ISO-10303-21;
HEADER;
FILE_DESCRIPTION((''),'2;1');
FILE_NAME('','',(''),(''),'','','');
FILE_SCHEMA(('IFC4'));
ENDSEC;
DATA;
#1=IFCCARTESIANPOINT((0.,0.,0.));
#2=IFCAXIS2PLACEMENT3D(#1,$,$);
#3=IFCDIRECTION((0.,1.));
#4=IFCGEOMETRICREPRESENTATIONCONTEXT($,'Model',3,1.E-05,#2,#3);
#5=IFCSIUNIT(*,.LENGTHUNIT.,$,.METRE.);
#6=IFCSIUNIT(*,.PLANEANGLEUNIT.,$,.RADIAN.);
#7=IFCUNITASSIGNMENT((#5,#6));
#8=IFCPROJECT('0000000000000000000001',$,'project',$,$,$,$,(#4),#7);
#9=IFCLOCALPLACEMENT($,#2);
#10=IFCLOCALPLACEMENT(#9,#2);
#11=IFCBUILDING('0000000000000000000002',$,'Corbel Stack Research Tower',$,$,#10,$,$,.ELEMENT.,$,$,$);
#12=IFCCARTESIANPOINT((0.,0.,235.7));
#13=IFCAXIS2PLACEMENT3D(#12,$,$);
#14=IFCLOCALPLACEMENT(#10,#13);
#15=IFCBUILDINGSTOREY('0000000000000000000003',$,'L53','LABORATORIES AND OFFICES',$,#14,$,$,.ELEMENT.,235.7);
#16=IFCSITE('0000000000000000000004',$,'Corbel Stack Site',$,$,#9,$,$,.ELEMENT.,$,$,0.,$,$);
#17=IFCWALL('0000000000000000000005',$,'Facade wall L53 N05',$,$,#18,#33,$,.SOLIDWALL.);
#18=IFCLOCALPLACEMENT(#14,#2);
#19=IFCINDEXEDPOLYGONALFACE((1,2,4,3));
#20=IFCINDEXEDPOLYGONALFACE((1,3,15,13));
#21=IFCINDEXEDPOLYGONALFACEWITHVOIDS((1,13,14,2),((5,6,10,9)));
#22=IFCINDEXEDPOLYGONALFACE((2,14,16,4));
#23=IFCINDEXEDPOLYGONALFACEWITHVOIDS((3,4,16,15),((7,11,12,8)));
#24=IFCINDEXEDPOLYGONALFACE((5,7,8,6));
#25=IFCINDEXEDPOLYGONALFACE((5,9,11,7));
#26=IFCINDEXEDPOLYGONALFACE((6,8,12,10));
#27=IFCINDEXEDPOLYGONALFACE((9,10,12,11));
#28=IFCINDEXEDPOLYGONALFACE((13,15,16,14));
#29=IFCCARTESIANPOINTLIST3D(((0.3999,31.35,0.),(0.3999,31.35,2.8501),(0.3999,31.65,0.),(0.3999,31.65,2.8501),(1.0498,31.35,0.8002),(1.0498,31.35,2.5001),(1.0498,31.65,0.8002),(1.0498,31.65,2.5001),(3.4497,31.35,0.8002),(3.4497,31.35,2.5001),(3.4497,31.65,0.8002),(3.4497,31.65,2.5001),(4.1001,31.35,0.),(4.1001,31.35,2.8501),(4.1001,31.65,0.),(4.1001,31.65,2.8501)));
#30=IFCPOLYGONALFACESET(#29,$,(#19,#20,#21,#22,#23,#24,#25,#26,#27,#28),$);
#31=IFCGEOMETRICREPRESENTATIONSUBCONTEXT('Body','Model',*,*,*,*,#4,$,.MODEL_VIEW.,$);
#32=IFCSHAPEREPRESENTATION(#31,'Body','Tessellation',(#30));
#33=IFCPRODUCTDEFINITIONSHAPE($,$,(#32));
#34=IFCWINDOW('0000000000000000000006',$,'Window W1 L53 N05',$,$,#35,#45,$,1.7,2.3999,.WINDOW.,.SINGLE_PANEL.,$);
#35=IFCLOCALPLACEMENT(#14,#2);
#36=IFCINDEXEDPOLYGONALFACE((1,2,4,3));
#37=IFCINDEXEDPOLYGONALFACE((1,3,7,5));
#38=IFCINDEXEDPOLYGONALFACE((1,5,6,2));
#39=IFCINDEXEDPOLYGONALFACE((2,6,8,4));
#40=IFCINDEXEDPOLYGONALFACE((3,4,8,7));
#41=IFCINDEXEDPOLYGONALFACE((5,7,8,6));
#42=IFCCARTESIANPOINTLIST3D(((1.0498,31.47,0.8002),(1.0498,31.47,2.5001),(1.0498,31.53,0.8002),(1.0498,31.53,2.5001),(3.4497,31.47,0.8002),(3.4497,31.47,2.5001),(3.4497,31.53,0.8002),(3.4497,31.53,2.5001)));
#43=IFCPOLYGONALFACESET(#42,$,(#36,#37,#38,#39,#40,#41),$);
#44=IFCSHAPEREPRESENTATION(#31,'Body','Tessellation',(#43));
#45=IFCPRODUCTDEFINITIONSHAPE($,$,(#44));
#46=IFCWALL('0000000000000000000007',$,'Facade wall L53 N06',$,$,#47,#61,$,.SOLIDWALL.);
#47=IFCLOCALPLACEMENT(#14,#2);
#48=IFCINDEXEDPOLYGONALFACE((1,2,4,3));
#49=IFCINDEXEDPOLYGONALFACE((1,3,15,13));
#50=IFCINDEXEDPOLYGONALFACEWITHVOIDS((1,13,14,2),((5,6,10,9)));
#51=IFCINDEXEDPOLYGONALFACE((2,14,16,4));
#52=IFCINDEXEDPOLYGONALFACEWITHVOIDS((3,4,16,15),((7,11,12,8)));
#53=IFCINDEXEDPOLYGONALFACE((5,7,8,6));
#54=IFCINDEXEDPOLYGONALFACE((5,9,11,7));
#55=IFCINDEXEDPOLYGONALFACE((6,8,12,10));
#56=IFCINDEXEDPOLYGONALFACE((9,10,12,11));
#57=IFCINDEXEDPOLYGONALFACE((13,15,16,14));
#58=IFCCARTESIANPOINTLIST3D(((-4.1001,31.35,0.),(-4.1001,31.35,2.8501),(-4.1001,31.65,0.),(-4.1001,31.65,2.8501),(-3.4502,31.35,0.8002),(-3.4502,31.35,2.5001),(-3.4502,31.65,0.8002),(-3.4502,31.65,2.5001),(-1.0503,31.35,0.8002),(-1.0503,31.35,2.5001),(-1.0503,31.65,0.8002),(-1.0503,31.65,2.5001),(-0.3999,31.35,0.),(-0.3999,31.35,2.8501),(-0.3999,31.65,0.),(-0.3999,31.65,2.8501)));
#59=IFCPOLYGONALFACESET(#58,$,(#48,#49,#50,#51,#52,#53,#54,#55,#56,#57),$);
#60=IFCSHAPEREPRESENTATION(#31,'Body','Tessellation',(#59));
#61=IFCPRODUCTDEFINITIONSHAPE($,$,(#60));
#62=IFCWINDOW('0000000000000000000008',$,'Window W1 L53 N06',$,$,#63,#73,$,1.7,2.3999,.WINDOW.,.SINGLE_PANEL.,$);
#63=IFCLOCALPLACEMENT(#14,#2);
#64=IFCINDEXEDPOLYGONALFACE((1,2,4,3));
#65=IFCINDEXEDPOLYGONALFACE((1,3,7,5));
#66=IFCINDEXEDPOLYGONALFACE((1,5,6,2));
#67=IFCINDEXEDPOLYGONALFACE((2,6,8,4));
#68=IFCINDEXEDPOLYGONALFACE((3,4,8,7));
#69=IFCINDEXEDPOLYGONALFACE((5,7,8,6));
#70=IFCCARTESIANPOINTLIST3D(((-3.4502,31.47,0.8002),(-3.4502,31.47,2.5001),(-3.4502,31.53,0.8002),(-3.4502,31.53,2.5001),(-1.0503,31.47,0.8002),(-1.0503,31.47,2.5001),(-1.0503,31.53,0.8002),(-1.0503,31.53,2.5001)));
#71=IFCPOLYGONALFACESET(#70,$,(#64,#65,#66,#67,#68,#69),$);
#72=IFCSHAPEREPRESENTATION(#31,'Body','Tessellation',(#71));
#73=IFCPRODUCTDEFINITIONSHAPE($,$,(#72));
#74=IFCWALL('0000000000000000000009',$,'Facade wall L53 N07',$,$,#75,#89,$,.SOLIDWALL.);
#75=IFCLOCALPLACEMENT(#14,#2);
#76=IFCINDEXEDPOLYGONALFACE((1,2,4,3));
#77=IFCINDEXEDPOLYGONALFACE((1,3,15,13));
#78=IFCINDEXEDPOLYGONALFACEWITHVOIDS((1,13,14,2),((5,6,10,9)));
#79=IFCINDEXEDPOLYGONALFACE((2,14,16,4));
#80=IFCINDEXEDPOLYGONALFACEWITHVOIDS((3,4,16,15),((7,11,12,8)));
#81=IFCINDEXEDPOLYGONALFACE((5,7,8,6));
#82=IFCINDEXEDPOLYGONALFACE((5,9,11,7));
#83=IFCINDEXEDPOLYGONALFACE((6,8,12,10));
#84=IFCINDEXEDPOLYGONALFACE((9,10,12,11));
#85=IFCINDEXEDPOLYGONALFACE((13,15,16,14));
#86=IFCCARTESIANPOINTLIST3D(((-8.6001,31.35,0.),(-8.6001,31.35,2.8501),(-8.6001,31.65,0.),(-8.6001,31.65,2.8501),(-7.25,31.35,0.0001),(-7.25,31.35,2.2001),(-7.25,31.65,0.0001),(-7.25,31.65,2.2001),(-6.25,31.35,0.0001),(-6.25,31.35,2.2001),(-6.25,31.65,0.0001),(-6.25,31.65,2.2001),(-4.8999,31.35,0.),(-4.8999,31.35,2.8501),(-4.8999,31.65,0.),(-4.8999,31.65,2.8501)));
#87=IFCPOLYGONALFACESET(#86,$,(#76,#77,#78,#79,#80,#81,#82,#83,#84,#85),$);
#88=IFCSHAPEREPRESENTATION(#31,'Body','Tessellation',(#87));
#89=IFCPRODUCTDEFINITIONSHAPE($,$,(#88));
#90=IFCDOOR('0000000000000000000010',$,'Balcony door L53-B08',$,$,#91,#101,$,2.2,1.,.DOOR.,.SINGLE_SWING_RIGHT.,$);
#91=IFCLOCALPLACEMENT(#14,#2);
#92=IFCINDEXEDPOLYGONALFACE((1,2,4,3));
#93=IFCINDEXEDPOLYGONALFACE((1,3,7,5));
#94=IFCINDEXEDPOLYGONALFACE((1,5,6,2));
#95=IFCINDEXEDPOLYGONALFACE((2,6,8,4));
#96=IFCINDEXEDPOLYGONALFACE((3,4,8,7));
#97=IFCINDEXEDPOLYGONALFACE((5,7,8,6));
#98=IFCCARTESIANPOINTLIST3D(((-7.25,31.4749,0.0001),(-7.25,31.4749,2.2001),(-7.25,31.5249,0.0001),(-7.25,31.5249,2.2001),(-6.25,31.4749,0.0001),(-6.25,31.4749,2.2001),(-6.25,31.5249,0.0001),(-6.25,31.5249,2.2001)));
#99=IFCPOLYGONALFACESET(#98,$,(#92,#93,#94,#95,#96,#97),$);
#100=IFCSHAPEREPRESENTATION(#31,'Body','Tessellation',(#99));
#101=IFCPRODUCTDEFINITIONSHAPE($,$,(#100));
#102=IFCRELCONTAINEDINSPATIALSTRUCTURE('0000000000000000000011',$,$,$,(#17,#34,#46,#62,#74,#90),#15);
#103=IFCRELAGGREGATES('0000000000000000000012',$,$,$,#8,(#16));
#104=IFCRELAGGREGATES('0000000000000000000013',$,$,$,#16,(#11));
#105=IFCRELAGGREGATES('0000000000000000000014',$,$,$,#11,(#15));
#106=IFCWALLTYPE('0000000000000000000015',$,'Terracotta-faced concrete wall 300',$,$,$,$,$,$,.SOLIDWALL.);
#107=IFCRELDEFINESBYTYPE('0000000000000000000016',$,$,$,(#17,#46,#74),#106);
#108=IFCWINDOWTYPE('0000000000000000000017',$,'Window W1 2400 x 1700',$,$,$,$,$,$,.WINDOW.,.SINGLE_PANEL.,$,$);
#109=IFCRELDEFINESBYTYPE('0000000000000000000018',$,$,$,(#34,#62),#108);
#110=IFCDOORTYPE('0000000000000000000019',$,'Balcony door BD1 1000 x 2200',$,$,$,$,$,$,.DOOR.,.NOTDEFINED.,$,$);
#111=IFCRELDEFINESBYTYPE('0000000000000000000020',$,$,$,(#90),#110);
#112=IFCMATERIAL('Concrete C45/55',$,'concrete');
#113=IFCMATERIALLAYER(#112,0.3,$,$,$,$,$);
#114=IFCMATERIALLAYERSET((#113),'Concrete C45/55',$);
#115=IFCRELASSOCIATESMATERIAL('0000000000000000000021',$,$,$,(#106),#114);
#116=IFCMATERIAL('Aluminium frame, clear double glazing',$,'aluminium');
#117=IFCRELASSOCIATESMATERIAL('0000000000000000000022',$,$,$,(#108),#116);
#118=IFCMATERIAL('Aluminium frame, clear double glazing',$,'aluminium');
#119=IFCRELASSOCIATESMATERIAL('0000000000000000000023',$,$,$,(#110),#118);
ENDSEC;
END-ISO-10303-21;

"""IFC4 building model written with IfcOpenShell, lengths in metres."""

from ifc_helpers import new_model, si_unit, direction, frame, frame_2d, origin, place, context, subcontext, project, spatial, rectangle, extrude, material, layer, layer_set, type_object, element, fill, save


model = new_model("IFC4")

# Units and contexts
model_context = context("Model", 3, precision=1e-05, world=origin(), true_north=direction((0.0, 1.0)))
body_context = subcontext(model_context, "Body", "Model", "MODEL_VIEW")
ifc_project = project(units=[si_unit("LENGTHUNIT", "METRE"), si_unit("PLANEANGLEUNIT", "RADIAN")], contexts=[model_context])

# Site, building, storey
site_placement = place(None, origin())
site = spatial("IfcSite", under=ifc_project, at=site_placement, Name="Corbel Stack Site", CompositionType="ELEMENT", RefElevation=0.0)
building_placement = place(site_placement, origin())
building = spatial("IfcBuilding", under=site, at=building_placement, Name="Corbel Stack Research Tower", CompositionType="ELEMENT")
storey_placement = place(building_placement, frame((0.0, 0.0, 235.7)))
storey = spatial("IfcBuildingStorey", under=building, at=storey_placement, Name="L53", Description="LABORATORIES AND OFFICES", CompositionType="ELEMENT", Elevation=235.7)

# Walls, openings, windows
ifc_material_1 = material(Name="Concrete C45/55", Category="concrete")
ifc_layer_1 = layer(ifc_material_1, 0.3)
ifc_layer_set_1 = layer_set([ifc_layer_1], Name="Concrete C45/55")
wall_type_1 = type_object("IfcWallType", Name="Terracotta-faced concrete wall 300", PredefinedType="SOLIDWALL", material=ifc_layer_set_1)
wall_1_placement = place(storey_placement, frame((0.3999, 31.5, 0.0), z_axis=(0.0, 0.0, 1.0), x_axis=(1.0, 0.0, 0.0)))
wall_1 = element("IfcWall", 1, at=wall_1_placement, inside=storey, type_object=wall_type_1, Name="Facade wall L53 N05", PredefinedType="SOLIDWALL", context=body_context, shape_type="SweptSolid", body=[
    extrude(rectangle(XDim=3.7002, YDim=0.3, at=frame_2d((1.8501, 0.0))), origin(), (0.0, 0.0, 1.0), 2.8501),
])
opening_1_placement = place(wall_1_placement, frame((0.6499, 0.0, 0.8)))
opening_1 = element("IfcOpeningElement", 2, at=opening_1_placement, cuts=wall_1, PredefinedType="OPENING", context=body_context, shape_type="SweptSolid", body=[
    extrude(rectangle(XDim=2.3999, YDim=1.7, at=frame_2d((1.2, 0.8501))), frame((0.0, 0.1599, 0.0), z_axis=(0.0, -1.0, 0.0), x_axis=(1.0, 0.0, 0.0)), (0.0, 0.0, 1.0), 0.3201),
])
ifc_material_2 = material(Name="Aluminium frame, clear double glazing", Category="aluminium")
window_type = type_object("IfcWindowType", Name="Window W1 2400 x 1700", PartitioningType="SINGLE_PANEL", PredefinedType="WINDOW", material=ifc_material_2)
window_1_placement = place(opening_1_placement, origin())
window_1 = element("IfcWindow", 3, at=window_1_placement, inside=storey, type_object=window_type, Name="Window W1 L53 N05", OverallHeight=1.7, OverallWidth=2.3999, PartitioningType="SINGLE_PANEL", PredefinedType="WINDOW", context=body_context, shape_type="SweptSolid", body=[
    extrude(rectangle(XDim=2.3999, YDim=1.7, at=frame_2d((1.2, 0.8501))), frame((0.0, 0.03, 0.0), z_axis=(0.0, -1.0, 0.0), x_axis=(1.0, 0.0, 0.0)), (0.0, 0.0, 1.0), 0.0601),
])
fill(opening_1, window_1)
wall_2_placement = place(storey_placement, frame((-4.1001, 31.5, 0.0), z_axis=(0.0, 0.0, 1.0), x_axis=(1.0, 0.0, 0.0)))
wall_2 = element("IfcWall", 4, at=wall_2_placement, inside=storey, type_object=wall_type_1, Name="Facade wall L53 N06", PredefinedType="SOLIDWALL", context=body_context, shape_type="SweptSolid", body=[
    extrude(rectangle(XDim=3.7002, YDim=0.3, at=frame_2d((1.8501, 0.0))), origin(), (0.0, 0.0, 1.0), 2.8501),
])
opening_2_placement = place(wall_2_placement, frame((0.6499, 0.0, 0.8)))
opening_2 = element("IfcOpeningElement", 5, at=opening_2_placement, cuts=wall_2, PredefinedType="OPENING", context=body_context, shape_type="SweptSolid", body=[
    extrude(rectangle(XDim=2.3999, YDim=1.7, at=frame_2d((1.2, 0.8501))), frame((0.0, 0.1599, 0.0), z_axis=(0.0, -1.0, 0.0), x_axis=(1.0, 0.0, 0.0)), (0.0, 0.0, 1.0), 0.3201),
])
window_2_placement = place(opening_2_placement, origin())
window_2 = element("IfcWindow", 6, at=window_2_placement, inside=storey, type_object=window_type, Name="Window W1 L53 N06", OverallHeight=1.7, OverallWidth=2.3999, PartitioningType="SINGLE_PANEL", PredefinedType="WINDOW", context=body_context, shape_type="SweptSolid", body=[
    extrude(rectangle(XDim=2.3999, YDim=1.7, at=frame_2d((1.2, 0.8501))), frame((0.0, 0.03, 0.0), z_axis=(0.0, -1.0, 0.0), x_axis=(1.0, 0.0, 0.0)), (0.0, 0.0, 1.0), 0.0601),
])
fill(opening_2, window_2)

# Wall, opening, door
wall_3_placement = place(storey_placement, frame((-8.6001, 31.5, 0.0), z_axis=(0.0, 0.0, 1.0), x_axis=(1.0, 0.0, 0.0)))
wall_3 = element("IfcWall", 7, at=wall_3_placement, inside=storey, type_object=wall_type_1, Name="Facade wall L53 N07", PredefinedType="SOLIDWALL", context=body_context, shape_type="SweptSolid", body=[
    extrude(rectangle(XDim=3.7002, YDim=0.3, at=frame_2d((1.8501, 0.0))), origin(), (0.0, 0.0, 1.0), 2.8501),
])
opening_3_placement = place(wall_3_placement, frame((1.3501, 0.0, 0.0)))
opening_3 = element("IfcOpeningElement", 8, at=opening_3_placement, cuts=wall_3, PredefinedType="OPENING", context=body_context, shape_type="SweptSolid", body=[
    extrude(rectangle(XDim=1.0, YDim=2.2, at=frame_2d((0.5, 1.1001))), frame((0.0, 0.1599, 0.0), z_axis=(0.0, -1.0, 0.0), x_axis=(1.0, 0.0, 0.0)), (0.0, 0.0, 1.0), 0.3201),
])
ifc_material_3 = material(Name="Aluminium frame, clear double glazing", Category="aluminium")
door_type = type_object("IfcDoorType", Name="Balcony door BD1 1000 x 2200", OperationType="NOTDEFINED", PredefinedType="DOOR", material=ifc_material_3)
door_placement = place(opening_3_placement, origin())
door = element("IfcDoor", 9, at=door_placement, inside=storey, type_object=door_type, Name="Balcony door L53-B08", OperationType="SINGLE_SWING_RIGHT", OverallHeight=2.2, OverallWidth=1.0, PredefinedType="DOOR", context=body_context, shape_type="SweptSolid", body=[
    extrude(rectangle(XDim=1.0, YDim=2.2, at=frame_2d((0.5, 1.1001))), frame((0.0, 0.0249, 0.0), z_axis=(0.0, -1.0, 0.0), x_axis=(1.0, 0.0, 0.0)), (0.0, 0.0, 1.0), 0.05),
])
fill(opening_3, door)

save(model, "model.ifc")
